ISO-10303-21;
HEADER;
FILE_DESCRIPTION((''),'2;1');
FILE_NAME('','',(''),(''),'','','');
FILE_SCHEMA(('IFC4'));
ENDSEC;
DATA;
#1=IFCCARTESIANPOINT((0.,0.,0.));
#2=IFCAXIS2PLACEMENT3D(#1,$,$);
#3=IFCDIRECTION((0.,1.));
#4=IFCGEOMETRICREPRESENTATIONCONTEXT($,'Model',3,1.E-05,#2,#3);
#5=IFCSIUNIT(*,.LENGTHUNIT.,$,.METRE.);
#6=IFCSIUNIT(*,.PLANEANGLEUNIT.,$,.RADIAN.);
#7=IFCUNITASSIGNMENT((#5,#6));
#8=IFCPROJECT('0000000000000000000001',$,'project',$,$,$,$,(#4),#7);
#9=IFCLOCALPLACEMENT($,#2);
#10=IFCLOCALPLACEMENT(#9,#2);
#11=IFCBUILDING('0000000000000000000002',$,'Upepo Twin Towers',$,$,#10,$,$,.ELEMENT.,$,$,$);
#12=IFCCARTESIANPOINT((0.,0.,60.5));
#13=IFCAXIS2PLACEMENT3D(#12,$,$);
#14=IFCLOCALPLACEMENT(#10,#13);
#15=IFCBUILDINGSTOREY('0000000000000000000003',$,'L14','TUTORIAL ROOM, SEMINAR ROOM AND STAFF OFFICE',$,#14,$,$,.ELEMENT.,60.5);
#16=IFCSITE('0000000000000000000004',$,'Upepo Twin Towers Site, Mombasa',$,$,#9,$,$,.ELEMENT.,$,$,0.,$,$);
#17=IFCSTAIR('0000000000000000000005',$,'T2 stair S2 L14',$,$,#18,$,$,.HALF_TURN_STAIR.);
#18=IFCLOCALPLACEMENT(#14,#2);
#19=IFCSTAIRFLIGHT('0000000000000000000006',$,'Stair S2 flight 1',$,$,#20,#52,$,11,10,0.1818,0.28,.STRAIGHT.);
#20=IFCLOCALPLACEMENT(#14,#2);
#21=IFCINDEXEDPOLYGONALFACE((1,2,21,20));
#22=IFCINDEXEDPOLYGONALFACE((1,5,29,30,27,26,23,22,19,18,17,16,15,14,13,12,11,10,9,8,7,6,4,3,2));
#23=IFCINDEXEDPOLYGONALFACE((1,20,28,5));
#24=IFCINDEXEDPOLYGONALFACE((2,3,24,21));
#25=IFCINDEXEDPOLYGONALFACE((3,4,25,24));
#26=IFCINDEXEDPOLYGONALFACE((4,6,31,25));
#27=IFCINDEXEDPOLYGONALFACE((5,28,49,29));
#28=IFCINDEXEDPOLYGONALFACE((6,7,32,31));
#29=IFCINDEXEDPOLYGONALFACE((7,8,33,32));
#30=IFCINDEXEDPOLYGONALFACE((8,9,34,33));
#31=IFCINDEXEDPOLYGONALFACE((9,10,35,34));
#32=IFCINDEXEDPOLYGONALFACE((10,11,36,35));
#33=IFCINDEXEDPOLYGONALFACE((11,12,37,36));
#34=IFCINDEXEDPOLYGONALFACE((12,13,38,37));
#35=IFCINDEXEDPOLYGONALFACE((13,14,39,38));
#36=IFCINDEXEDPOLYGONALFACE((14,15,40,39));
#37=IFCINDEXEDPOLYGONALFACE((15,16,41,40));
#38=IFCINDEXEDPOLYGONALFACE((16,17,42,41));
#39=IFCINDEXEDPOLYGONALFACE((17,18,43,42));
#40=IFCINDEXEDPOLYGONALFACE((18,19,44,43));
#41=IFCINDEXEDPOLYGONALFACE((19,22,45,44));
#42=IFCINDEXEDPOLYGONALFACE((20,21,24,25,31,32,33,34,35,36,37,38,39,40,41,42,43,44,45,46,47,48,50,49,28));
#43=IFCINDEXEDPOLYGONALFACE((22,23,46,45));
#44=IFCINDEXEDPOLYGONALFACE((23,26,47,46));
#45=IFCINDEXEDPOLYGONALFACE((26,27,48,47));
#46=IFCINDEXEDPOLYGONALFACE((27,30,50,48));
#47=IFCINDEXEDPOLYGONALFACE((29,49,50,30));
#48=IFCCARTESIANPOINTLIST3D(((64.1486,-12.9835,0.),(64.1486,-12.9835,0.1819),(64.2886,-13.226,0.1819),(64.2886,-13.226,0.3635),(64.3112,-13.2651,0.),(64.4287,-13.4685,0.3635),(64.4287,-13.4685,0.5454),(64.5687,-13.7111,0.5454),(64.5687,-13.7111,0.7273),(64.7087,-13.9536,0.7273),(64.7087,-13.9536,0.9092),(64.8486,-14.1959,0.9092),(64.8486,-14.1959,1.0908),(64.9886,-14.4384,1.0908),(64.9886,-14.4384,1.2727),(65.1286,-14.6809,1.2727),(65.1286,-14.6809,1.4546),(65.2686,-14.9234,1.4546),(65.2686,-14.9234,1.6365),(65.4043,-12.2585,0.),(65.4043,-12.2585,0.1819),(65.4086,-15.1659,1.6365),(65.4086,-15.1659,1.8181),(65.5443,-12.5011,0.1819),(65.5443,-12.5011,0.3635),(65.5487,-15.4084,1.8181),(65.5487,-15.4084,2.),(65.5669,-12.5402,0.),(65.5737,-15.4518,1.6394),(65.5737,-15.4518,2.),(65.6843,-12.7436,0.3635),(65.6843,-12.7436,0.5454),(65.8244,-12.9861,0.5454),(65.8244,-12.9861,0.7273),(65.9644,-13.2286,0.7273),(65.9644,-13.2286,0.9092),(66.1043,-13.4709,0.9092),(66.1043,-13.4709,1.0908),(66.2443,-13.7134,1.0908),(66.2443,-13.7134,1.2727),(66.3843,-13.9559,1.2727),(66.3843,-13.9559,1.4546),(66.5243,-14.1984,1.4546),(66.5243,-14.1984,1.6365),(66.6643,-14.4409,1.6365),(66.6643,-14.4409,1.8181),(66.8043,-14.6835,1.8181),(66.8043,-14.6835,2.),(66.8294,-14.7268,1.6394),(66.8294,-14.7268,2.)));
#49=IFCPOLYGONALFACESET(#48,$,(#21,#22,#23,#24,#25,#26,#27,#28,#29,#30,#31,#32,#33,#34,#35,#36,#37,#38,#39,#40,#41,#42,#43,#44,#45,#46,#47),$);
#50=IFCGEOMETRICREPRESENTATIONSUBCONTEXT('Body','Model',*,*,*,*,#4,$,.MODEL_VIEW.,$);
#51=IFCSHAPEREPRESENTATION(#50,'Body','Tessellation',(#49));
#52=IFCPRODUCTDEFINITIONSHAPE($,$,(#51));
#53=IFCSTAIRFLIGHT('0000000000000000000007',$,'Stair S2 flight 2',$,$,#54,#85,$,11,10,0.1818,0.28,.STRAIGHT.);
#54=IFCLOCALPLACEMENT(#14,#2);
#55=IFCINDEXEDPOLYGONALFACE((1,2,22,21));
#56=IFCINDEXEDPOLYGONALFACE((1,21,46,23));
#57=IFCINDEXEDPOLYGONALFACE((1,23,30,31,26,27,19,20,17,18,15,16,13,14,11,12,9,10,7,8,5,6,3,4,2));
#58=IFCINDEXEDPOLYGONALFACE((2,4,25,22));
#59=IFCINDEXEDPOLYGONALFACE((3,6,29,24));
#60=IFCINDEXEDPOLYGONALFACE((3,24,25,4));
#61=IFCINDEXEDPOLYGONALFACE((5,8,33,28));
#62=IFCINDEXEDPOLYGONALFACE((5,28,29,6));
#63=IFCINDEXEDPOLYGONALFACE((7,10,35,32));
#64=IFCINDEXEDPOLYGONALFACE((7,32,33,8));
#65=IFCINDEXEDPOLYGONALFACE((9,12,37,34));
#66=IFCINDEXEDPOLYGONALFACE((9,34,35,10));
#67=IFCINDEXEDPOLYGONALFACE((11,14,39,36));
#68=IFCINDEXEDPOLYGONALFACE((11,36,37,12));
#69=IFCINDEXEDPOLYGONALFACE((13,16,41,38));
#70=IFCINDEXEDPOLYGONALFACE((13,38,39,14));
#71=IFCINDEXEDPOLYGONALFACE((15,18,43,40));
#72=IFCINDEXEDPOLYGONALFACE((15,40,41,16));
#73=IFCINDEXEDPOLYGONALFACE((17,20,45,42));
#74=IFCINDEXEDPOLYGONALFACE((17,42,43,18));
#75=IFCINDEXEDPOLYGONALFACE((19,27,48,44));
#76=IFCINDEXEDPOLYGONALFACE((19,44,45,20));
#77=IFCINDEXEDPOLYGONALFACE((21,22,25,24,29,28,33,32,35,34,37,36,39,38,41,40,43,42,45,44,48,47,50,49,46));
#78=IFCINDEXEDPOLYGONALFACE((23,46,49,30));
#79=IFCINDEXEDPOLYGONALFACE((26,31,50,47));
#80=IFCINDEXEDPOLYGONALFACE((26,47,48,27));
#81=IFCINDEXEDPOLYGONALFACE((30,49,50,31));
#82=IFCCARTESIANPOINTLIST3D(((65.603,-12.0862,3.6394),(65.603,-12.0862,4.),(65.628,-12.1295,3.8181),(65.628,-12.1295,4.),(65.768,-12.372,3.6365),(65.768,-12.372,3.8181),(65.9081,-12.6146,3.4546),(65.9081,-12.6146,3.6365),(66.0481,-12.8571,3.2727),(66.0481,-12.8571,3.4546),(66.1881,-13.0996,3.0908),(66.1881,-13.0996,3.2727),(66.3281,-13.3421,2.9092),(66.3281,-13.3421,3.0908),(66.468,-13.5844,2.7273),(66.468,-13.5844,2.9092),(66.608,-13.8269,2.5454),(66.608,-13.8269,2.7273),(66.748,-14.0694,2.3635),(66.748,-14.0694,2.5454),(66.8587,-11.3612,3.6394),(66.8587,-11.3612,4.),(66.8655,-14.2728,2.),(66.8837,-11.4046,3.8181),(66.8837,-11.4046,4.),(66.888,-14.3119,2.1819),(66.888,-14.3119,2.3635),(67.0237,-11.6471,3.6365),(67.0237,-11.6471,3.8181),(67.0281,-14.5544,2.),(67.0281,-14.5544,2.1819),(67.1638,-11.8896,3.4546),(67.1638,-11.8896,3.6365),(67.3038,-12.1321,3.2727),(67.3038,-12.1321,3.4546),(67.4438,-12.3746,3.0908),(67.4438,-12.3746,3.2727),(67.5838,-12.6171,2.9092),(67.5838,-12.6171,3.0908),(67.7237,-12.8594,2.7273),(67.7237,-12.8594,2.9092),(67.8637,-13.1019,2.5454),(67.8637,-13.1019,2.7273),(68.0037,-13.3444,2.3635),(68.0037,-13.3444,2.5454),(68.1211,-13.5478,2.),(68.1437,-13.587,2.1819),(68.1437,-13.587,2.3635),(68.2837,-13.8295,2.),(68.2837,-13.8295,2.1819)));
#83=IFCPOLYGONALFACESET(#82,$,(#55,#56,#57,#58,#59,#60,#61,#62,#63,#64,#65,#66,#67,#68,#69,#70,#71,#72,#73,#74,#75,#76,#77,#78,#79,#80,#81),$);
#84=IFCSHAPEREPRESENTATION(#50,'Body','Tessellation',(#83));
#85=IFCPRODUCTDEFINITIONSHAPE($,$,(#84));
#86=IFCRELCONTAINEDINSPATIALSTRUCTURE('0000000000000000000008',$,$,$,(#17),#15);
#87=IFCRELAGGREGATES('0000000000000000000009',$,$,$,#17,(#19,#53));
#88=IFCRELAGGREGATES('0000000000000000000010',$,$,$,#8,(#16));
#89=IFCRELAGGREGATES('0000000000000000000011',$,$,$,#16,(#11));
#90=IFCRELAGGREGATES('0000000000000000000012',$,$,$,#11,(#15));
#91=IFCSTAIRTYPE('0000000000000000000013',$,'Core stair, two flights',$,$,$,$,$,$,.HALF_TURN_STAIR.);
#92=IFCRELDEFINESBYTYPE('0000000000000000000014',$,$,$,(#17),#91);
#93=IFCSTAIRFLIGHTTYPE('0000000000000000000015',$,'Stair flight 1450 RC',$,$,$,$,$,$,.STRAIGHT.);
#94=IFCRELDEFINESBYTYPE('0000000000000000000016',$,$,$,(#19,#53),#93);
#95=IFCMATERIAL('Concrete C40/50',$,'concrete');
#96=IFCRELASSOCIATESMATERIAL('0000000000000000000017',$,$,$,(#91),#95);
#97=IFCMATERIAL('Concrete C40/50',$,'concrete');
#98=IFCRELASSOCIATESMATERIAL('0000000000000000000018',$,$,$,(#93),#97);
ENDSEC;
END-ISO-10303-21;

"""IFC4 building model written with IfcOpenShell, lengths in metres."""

from ifc_helpers import new_model, si_unit, direction, frame, origin, place, context, subcontext, project, spatial, polyline, outline, extrude, material, type_object, element, aggregate, save


model = new_model("IFC4")

# Units and contexts
model_context = context("Model", 3, precision=1e-05, world=origin(), true_north=direction((0.0, 1.0)))
body_context = subcontext(model_context, "Body", "Model", "MODEL_VIEW")
ifc_project = project(units=[si_unit("LENGTHUNIT", "METRE"), si_unit("PLANEANGLEUNIT", "RADIAN")], contexts=[model_context])

# Site, building, storey
site_placement = place(None, origin())
site = spatial("IfcSite", under=ifc_project, at=site_placement, Name="Upepo Twin Towers Site, Mombasa", CompositionType="ELEMENT", RefElevation=0.0)
building_placement = place(site_placement, origin())
building = spatial("IfcBuilding", under=site, at=building_placement, Name="Upepo Twin Towers", CompositionType="ELEMENT")
storey_placement = place(building_placement, frame((0.0, 0.0, 60.5)))
storey = spatial("IfcBuildingStorey", under=building, at=storey_placement, Name="L14", Description="TUTORIAL ROOM, SEMINAR ROOM AND STAFF OFFICE", CompositionType="ELEMENT", Elevation=60.5)

# Stair, stair flights
ifc_material_1 = material(Name="Concrete C40/50", Category="concrete")
stair_type = type_object("IfcStairType", Name="Core stair, two flights", PredefinedType="HALF_TURN_STAIR", material=ifc_material_1)
stair_placement = place(storey_placement, origin())
stair = element("IfcStair", 1, at=stair_placement, inside=storey, type_object=stair_type, Name="T2 stair S2 L14", PredefinedType="HALF_TURN_STAIR")
ifc_material_2 = material(Name="Concrete C40/50", Category="concrete")
stair_flight_type = type_object("IfcStairFlightType", Name="Stair flight 1450 RC", PredefinedType="STRAIGHT", material=ifc_material_2)
stair_flight_1_placement = place(storey_placement, frame((64.7764, -12.6211, 0.0), z_axis=(0.0, 0.0, 1.0), x_axis=(0.5, -0.866025, 0.0)))
stair_flight_1 = element("IfcStairFlight", 2, at=stair_flight_1_placement, type_object=stair_flight_type, Name="Stair S2 flight 1", NumberOfRisers=11, NumberOfTreads=10, PredefinedType="STRAIGHT", RiserHeight=0.1818, TreadLength=0.28, context=body_context, shape_type="SweptSolid", body=[
    extrude(outline(polyline([(0.0, 0.0), (0.0, 0.1819), (0.28, 0.1819), (0.28, 0.3635), (0.5601, 0.3635), (0.5601, 0.5454), (0.8401, 0.5454), (0.8401, 0.7273), (1.1201, 0.7273), (1.1201, 0.9092), (1.3999, 0.9092), (1.3999, 1.0908), (1.6799, 1.0908), (1.6799, 1.2727), (1.96, 1.2727), (1.96, 1.4546), (2.24, 1.4546), (2.24, 1.6365), (2.52, 1.6365), (2.52, 1.8181), (2.8, 1.8181), (2.8, 2.0), (2.8501, 2.0), (2.8501, 1.6394), (0.3252, 0.0), (0.0, 0.0)])), frame((0.0, 0.7251, 0.0), z_axis=(0.0, -1.0, 0.0), x_axis=(1.0, 0.0, 0.0)), (0.0, 0.0, 1.0), 1.45),
])
stair_flight_2_placement = place(storey_placement, frame((67.656, -14.1919, 2.0), z_axis=(0.0, 0.0, 1.0), x_axis=(-0.5, 0.866025, 0.0)))
stair_flight_2 = element("IfcStairFlight", 3, at=stair_flight_2_placement, type_object=stair_flight_type, Name="Stair S2 flight 2", NumberOfRisers=11, NumberOfTreads=10, PredefinedType="STRAIGHT", RiserHeight=0.1818, TreadLength=0.28, context=body_context, shape_type="SweptSolid", body=[
    extrude(outline(polyline([(0.0, 0.0), (0.0, 0.1819), (0.28, 0.1819), (0.28, 0.3635), (0.5601, 0.3635), (0.5601, 0.5454), (0.8401, 0.5454), (0.8401, 0.7273), (1.1201, 0.7273), (1.1201, 0.9092), (1.3999, 0.9092), (1.3999, 1.0908), (1.6799, 1.0908), (1.6799, 1.2727), (1.96, 1.2727), (1.96, 1.4546), (2.24, 1.4546), (2.24, 1.6365), (2.52, 1.6365), (2.52, 1.8181), (2.8, 1.8181), (2.8, 2.0), (2.8501, 2.0), (2.8501, 1.6394), (0.3252, 0.0), (0.0, 0.0)])), frame((0.0, 0.7251, 0.0), z_axis=(0.0, -1.0, 0.0), x_axis=(1.0, 0.0, 0.0)), (0.0, 0.0, 1.0), 1.45),
])
aggregate(stair, [stair_flight_1, stair_flight_2])

save(model, "model.ifc")
